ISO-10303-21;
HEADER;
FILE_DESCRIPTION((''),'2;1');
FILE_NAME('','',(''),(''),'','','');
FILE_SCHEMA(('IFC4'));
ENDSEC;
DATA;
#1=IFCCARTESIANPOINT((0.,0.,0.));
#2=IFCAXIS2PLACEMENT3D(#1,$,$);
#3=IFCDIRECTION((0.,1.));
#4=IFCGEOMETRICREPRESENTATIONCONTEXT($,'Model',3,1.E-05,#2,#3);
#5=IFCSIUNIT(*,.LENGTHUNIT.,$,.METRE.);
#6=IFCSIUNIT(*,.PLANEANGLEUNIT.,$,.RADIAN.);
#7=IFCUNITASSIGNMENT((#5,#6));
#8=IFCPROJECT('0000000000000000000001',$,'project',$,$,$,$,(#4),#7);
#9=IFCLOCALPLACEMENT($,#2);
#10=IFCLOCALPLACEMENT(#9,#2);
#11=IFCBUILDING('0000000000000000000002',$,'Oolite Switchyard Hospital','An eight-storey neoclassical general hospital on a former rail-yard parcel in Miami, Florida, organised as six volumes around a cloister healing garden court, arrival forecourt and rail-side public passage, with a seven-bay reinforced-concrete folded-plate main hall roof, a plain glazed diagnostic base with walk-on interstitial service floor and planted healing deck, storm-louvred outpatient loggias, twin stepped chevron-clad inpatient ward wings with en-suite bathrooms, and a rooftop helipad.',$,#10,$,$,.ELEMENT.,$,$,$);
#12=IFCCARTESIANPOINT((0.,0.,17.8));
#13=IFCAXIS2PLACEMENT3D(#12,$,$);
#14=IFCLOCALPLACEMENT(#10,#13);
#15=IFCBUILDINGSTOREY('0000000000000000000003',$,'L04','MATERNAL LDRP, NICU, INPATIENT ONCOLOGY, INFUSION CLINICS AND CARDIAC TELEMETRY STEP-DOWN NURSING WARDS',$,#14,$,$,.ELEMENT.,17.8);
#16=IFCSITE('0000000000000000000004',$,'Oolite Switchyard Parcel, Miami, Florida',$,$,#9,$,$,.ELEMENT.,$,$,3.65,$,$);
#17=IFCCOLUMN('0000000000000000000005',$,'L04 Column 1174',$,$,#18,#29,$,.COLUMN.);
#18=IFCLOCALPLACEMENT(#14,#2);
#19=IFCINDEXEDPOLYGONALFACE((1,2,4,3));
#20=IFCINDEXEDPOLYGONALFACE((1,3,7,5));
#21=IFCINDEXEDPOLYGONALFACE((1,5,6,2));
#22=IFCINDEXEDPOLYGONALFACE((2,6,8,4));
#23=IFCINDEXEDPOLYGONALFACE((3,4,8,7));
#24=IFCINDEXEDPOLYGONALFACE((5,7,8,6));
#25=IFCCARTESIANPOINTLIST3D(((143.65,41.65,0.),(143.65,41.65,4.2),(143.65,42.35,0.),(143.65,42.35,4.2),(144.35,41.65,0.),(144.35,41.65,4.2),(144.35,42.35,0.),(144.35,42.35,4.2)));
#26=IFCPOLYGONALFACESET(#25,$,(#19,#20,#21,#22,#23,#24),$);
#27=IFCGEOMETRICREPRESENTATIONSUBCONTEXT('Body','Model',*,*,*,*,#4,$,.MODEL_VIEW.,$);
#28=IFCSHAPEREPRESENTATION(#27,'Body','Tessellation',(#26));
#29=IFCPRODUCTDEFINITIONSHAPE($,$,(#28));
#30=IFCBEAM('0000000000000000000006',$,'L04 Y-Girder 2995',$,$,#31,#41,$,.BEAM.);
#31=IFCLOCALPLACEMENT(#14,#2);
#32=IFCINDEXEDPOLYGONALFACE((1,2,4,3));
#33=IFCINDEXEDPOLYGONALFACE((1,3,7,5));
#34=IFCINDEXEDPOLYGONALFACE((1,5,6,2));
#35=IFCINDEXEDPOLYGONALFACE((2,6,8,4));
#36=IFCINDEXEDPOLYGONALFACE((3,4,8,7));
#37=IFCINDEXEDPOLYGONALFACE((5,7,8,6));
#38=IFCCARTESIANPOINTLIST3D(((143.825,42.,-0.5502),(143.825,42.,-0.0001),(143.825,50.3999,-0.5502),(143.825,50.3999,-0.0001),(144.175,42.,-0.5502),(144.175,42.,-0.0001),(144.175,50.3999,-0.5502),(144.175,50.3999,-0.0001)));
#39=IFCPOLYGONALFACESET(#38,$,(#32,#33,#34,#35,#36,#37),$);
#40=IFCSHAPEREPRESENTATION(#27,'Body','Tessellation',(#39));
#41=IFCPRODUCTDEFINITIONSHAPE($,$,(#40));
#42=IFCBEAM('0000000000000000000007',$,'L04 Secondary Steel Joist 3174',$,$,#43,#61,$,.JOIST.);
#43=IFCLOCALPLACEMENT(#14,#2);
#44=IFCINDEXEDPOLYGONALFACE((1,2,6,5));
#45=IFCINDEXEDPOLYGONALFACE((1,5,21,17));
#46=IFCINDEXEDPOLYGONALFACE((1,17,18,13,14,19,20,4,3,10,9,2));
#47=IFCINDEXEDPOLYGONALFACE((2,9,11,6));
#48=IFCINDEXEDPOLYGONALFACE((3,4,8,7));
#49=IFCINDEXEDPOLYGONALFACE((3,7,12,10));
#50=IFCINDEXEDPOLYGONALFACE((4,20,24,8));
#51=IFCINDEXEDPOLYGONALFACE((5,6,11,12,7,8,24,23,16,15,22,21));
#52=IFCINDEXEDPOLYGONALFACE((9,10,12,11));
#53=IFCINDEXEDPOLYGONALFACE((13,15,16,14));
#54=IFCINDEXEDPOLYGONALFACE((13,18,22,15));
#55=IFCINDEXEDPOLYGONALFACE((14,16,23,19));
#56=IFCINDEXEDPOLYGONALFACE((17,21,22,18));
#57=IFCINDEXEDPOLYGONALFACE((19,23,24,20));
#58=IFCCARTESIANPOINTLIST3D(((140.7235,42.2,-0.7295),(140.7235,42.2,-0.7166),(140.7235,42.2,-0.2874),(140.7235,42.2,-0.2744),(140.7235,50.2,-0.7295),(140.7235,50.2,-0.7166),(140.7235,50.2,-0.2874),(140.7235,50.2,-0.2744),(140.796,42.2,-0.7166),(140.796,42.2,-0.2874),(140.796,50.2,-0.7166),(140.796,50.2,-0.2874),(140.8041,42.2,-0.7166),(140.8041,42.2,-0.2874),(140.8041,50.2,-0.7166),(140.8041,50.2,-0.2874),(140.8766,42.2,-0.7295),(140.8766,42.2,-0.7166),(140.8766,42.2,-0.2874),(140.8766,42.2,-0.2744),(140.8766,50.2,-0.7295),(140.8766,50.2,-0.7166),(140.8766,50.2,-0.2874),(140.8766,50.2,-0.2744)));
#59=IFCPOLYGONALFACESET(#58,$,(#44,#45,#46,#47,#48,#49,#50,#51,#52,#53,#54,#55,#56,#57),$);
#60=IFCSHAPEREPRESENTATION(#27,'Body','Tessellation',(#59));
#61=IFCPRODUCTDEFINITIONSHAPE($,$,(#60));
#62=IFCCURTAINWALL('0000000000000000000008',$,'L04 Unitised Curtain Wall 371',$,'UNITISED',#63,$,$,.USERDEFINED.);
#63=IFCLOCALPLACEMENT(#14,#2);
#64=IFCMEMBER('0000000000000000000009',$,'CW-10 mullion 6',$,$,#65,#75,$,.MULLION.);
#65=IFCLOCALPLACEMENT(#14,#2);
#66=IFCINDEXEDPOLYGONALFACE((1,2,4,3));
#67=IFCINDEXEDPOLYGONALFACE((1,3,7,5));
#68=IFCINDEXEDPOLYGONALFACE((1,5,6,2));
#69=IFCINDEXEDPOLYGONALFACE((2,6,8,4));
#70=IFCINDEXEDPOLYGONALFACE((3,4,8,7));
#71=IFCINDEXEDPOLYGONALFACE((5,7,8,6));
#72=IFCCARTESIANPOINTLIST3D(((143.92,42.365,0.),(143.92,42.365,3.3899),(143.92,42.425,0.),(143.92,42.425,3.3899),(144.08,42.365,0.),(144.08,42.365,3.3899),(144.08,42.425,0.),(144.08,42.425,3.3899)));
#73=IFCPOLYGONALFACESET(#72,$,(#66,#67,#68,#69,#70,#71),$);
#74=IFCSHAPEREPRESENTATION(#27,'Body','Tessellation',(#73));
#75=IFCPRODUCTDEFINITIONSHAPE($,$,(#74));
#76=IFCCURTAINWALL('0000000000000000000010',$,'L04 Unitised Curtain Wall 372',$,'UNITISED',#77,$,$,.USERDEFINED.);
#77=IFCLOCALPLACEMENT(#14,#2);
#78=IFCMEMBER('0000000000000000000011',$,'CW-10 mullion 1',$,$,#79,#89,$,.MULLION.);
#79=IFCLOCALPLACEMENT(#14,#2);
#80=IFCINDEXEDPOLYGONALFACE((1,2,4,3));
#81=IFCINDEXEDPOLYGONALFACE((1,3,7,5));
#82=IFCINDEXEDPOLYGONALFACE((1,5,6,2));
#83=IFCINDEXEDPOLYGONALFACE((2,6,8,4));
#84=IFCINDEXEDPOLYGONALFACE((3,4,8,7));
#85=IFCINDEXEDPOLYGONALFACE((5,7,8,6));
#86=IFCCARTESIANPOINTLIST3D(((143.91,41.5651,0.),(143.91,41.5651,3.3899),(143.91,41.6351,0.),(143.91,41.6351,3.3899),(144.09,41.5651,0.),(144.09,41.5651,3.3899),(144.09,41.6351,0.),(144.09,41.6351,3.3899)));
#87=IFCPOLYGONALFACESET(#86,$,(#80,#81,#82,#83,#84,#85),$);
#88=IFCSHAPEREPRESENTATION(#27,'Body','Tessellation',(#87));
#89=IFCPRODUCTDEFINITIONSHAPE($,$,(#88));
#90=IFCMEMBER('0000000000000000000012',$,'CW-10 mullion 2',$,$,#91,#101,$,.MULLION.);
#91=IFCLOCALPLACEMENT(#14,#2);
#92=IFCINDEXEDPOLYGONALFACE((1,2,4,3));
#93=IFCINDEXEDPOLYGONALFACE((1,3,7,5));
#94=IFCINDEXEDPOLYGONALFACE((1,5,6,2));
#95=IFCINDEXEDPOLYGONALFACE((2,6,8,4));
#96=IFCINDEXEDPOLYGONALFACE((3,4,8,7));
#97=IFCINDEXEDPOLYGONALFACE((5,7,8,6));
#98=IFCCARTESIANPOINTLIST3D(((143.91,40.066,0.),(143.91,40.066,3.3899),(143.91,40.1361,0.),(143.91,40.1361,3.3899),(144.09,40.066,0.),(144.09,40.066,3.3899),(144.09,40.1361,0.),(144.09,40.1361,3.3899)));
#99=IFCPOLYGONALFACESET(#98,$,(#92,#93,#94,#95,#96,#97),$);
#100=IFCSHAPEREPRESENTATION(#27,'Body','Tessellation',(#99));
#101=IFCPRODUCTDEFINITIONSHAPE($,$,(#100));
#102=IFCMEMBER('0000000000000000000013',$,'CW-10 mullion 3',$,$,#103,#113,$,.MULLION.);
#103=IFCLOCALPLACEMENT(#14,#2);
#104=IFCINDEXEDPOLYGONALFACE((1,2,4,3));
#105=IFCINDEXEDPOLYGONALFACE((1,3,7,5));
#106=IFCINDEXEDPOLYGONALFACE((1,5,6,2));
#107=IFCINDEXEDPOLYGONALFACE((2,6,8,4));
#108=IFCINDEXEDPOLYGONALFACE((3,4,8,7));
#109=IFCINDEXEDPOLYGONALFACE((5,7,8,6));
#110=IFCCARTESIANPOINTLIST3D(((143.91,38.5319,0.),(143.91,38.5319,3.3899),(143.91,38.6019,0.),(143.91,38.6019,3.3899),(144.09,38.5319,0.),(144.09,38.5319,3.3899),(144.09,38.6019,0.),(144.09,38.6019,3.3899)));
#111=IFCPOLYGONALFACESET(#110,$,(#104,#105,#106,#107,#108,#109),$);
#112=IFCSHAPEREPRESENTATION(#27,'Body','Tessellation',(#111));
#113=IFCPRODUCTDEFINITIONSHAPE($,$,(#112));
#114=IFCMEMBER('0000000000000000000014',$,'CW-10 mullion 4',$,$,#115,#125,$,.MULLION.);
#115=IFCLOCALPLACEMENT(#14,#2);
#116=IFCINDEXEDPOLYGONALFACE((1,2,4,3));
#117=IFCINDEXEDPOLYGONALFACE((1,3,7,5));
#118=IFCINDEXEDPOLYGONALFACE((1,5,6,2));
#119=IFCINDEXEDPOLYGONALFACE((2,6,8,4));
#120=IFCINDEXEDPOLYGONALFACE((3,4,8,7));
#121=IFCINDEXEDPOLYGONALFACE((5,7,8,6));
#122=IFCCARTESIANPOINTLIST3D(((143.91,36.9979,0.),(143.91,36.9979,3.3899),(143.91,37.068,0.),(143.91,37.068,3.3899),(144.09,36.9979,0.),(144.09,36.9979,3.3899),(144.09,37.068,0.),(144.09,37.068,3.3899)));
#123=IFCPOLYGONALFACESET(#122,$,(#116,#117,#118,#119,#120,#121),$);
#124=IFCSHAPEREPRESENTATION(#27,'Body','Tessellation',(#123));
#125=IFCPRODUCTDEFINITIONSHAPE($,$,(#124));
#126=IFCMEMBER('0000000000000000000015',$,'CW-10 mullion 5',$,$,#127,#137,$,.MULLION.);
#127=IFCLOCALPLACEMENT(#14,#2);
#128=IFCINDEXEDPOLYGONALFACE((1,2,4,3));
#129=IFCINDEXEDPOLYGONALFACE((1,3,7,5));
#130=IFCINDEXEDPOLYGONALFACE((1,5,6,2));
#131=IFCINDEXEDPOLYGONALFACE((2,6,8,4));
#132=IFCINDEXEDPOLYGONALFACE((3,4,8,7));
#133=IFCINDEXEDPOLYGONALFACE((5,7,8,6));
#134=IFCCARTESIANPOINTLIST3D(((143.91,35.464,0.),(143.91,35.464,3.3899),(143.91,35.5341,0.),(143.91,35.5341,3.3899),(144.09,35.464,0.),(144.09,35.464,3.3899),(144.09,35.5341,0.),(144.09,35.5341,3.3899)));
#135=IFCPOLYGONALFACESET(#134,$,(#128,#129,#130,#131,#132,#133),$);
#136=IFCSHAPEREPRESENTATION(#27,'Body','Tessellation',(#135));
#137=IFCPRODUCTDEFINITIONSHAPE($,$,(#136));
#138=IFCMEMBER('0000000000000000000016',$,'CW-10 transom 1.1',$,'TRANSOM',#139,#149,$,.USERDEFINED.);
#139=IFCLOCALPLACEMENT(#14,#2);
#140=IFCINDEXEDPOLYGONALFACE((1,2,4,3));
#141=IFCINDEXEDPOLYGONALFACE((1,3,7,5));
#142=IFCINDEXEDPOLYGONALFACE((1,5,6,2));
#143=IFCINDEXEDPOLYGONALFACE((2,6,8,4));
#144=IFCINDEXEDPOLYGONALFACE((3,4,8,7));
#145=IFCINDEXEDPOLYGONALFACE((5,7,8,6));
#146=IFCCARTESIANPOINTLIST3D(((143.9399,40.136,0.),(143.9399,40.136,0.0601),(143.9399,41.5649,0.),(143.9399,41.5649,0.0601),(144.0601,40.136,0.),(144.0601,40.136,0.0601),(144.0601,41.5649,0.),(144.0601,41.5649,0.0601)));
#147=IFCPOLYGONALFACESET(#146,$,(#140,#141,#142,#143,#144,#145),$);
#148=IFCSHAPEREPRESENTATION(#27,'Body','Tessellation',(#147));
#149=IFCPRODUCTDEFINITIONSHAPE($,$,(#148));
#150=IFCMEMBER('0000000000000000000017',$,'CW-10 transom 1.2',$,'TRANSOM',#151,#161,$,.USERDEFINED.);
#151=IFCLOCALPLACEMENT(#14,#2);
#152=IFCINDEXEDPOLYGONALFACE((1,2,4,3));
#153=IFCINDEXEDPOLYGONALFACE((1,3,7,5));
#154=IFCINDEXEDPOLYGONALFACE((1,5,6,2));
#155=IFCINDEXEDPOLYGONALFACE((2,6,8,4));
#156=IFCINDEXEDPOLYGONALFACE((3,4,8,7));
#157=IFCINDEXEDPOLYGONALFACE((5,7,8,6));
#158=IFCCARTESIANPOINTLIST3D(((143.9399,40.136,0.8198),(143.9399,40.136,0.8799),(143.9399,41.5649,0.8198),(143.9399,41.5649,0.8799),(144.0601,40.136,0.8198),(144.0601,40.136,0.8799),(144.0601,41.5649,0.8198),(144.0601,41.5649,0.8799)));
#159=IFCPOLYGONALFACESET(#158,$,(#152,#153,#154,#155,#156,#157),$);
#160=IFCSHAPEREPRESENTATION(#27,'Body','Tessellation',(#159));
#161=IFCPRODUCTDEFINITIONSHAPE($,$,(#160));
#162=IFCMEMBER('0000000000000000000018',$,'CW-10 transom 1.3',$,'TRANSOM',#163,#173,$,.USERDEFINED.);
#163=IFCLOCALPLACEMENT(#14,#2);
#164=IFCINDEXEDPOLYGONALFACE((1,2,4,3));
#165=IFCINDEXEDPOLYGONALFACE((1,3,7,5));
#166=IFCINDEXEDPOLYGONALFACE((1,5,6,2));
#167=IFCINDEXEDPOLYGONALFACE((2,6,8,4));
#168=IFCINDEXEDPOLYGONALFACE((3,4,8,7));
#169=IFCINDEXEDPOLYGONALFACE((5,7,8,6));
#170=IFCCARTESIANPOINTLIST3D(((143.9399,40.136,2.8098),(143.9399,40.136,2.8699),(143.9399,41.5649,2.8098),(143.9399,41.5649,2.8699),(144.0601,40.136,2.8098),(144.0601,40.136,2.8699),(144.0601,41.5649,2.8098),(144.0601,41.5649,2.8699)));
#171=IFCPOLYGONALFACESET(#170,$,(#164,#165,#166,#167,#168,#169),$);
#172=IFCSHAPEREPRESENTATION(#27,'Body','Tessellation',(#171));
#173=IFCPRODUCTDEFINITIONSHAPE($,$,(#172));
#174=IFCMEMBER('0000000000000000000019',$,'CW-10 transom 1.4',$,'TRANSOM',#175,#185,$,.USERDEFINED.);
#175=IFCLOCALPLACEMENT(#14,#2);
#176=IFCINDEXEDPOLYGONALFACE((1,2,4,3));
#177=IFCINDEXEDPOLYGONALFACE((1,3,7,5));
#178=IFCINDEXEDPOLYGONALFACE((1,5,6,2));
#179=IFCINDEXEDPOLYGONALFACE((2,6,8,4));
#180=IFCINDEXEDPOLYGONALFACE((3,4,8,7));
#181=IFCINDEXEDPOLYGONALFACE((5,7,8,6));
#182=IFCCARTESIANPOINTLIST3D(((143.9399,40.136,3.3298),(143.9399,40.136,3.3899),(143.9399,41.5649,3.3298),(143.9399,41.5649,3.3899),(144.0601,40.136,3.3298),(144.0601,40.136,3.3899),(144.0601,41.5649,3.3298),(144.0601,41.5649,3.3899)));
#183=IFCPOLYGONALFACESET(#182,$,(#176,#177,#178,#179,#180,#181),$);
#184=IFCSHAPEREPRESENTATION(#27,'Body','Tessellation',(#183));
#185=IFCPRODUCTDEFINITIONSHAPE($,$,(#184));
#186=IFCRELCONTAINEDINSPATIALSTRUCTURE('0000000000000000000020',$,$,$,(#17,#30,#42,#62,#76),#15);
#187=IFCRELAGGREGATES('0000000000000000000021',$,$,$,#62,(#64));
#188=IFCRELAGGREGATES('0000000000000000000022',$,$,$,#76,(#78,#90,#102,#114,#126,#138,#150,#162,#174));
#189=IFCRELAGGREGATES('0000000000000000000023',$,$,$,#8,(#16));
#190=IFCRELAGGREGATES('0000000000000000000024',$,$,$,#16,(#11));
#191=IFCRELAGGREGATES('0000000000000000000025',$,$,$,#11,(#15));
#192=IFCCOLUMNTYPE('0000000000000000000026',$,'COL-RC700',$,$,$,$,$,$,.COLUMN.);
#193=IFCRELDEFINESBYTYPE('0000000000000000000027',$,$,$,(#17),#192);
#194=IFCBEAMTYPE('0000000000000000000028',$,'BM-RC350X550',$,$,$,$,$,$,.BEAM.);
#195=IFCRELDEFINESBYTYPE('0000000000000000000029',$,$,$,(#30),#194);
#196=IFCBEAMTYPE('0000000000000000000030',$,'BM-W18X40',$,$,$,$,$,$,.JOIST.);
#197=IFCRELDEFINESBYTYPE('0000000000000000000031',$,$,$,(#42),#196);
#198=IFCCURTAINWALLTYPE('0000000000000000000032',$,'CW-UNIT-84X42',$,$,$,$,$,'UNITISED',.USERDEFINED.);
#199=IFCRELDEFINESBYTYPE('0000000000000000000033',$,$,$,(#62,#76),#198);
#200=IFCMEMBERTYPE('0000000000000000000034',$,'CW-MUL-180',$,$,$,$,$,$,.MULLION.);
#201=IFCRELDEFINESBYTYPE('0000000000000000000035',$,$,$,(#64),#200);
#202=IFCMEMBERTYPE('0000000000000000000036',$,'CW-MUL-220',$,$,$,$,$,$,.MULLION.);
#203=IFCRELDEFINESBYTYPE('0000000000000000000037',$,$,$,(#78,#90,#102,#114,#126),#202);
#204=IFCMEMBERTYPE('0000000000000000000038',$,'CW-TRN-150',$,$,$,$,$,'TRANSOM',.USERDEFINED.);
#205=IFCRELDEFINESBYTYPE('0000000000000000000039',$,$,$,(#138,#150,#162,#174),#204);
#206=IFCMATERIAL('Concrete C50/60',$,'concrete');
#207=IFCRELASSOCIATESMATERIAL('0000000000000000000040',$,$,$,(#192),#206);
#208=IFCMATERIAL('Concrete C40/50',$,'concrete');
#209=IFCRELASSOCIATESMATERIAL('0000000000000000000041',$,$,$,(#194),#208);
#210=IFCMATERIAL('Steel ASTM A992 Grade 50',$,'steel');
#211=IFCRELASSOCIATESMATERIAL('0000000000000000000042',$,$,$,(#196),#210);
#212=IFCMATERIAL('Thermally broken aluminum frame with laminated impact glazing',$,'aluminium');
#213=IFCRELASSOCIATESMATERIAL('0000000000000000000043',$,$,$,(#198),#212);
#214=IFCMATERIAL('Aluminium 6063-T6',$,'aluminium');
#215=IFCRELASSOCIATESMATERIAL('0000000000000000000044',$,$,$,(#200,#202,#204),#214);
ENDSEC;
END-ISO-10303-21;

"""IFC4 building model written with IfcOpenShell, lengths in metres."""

from ifc_helpers import new_model, si_unit, direction, frame, origin, origin_2d, place, context, subcontext, project, spatial, rectangle, i_section, extrude, material, material_profile, profile_set, type_object, element, aggregate, save


model = new_model("IFC4")

# Units and contexts
model_context = context("Model", 3, precision=1e-05, world=origin(), true_north=direction((0.0, 1.0)))
body_context = subcontext(model_context, "Body", "Model", "MODEL_VIEW")
ifc_project = project(units=[si_unit("LENGTHUNIT", "METRE"), si_unit("PLANEANGLEUNIT", "RADIAN")], contexts=[model_context])

# Site, building, storey
site_placement = place(None, origin())
site = spatial("IfcSite", under=ifc_project, at=site_placement, Name="Oolite Switchyard Parcel, Miami, Florida", CompositionType="ELEMENT", RefElevation=3.65)
building_placement = place(site_placement, origin())
building = spatial("IfcBuilding", under=site, at=building_placement, Name="Oolite Switchyard Hospital", Description="An eight-storey neoclassical general hospital on a former rail-yard parcel in Miami, Florida, organised as six volumes around a cloister healing garden court, arrival forecourt and rail-side public passage, with a seven-bay reinforced-concrete folded-plate main hall roof, a plain glazed diagnostic base with walk-on interstitial service floor and planted healing deck, storm-louvred outpatient loggias, twin stepped chevron-clad inpatient ward wings with en-suite bathrooms, and a rooftop helipad.", CompositionType="ELEMENT")
storey_placement = place(building_placement, frame((0.0, 0.0, 17.8)))
storey = spatial("IfcBuildingStorey", under=building, at=storey_placement, Name="L04", Description="MATERNAL LDRP, NICU, INPATIENT ONCOLOGY, INFUSION CLINICS AND CARDIAC TELEMETRY STEP-DOWN NURSING WARDS", CompositionType="ELEMENT", Elevation=17.8)

# Column
ifc_material_1 = material(Name="Concrete C50/60", Category="concrete")
ifc_material_profile_1 = material_profile(ifc_material_1, rectangle(XDim=0.7, YDim=0.7, at=origin_2d()), Name="RC700X700")
ifc_profile_set_1 = profile_set([ifc_material_profile_1], Name="Concrete C50/60")
column_type = type_object("IfcColumnType", Name="COL-RC700", PredefinedType="COLUMN", material=ifc_profile_set_1)
column_placement = place(storey_placement, frame((144.0, 42.0, 0.0), z_axis=(0.0, 0.0, 1.0), x_axis=(1.0, 0.0, 0.0)))
element("IfcColumn", 1, at=column_placement, inside=storey, type_object=column_type, Name="L04 Column 1174", PredefinedType="COLUMN", context=body_context, shape_type="SweptSolid", body=[
    extrude(rectangle(XDim=0.7, YDim=0.7, at=origin_2d()), origin(), (0.0, 0.0, 1.0), 4.2),
])

# Beams
ifc_material_2 = material(Name="Concrete C40/50", Category="concrete")
ifc_material_profile_2 = material_profile(ifc_material_2, rectangle(XDim=0.3501, YDim=0.55, at=origin_2d()), Name="RCB350X550")
ifc_profile_set_2 = profile_set([ifc_material_profile_2], Name="Concrete C40/50")
beam_type_1 = type_object("IfcBeamType", Name="BM-RC350X550", PredefinedType="BEAM", material=ifc_profile_set_2)
beam_1_placement = place(storey_placement, frame((144.0, 42.0, -0.2751), z_axis=(0.0, 1.0, 0.0), x_axis=(-1.0, 0.0, 0.0)))
element("IfcBeam", 2, at=beam_1_placement, inside=storey, type_object=beam_type_1, Name="L04 Y-Girder 2995", PredefinedType="BEAM", context=body_context, shape_type="SweptSolid", body=[
    extrude(rectangle(XDim=0.3501, YDim=0.55, at=origin_2d()), origin(), (0.0, 0.0, 1.0), 8.3999),
])
ifc_material_3 = material(Name="Steel ASTM A992 Grade 50", Category="steel")
ifc_material_profile_3 = material_profile(ifc_material_3, i_section(OverallWidth=0.1531, OverallDepth=0.4551, WebThickness=0.0081, FlangeThickness=0.0129, at=origin_2d()), Name="W18X40")
ifc_profile_set_3 = profile_set([ifc_material_profile_3], Name="Steel ASTM A992 Grade 50")
beam_type_2 = type_object("IfcBeamType", Name="BM-W18X40", PredefinedType="JOIST", material=ifc_profile_set_3)
beam_2_placement = place(storey_placement, frame((140.8, 42.2, -0.502), z_axis=(0.0, 1.0, 0.0), x_axis=(-1.0, 0.0, 0.0)))
element("IfcBeam", 3, at=beam_2_placement, inside=storey, type_object=beam_type_2, Name="L04 Secondary Steel Joist 3174", PredefinedType="JOIST", context=body_context, shape_type="SweptSolid", body=[
    extrude(i_section(OverallWidth=0.1531, OverallDepth=0.4551, WebThickness=0.0081, FlangeThickness=0.0129, at=origin_2d()), origin(), (0.0, 0.0, 1.0), 8.0),
])

# Curtain wall, member
ifc_material_4 = material(Name="Thermally broken aluminum frame with laminated impact glazing", Category="aluminium")
curtain_wall_type = type_object("IfcCurtainWallType", Name="CW-UNIT-84X42", ElementType="UNITISED", PredefinedType="USERDEFINED", material=ifc_material_4)
curtain_wall_1_placement = place(storey_placement, origin())
curtain_wall_1 = element("IfcCurtainWall", 4, at=curtain_wall_1_placement, inside=storey, type_object=curtain_wall_type, Name="L04 Unitised Curtain Wall 371", ObjectType="UNITISED", PredefinedType="USERDEFINED")
ifc_material_5 = material(Name="Aluminium 6063-T6", Category="aluminium")
ifc_material_profile_4 = material_profile(ifc_material_5, rectangle(XDim=0.1599, YDim=0.0601, at=origin_2d()), Name="CWM60X160")
ifc_profile_set_4 = profile_set([ifc_material_profile_4], Name="Aluminium 6063-T6")
member_type_1 = type_object("IfcMemberType", Name="CW-MUL-180", PredefinedType="MULLION", material=ifc_profile_set_4)
member_1_placement = place(storey_placement, frame((144.0, 42.395, 0.0), z_axis=(0.0, 0.0, 1.0), x_axis=(1.0, 0.0, 0.0)))
member_1 = element("IfcMember", 5, at=member_1_placement, type_object=member_type_1, Name="CW-10 mullion 6", PredefinedType="MULLION", context=body_context, shape_type="SweptSolid", body=[
    extrude(rectangle(XDim=0.1599, YDim=0.0601, at=origin_2d()), origin(), (0.0, 0.0, 1.0), 3.3899),
])
aggregate(curtain_wall_1, [member_1])

# Curtain wall, members
curtain_wall_2_placement = place(storey_placement, origin())
curtain_wall_2 = element("IfcCurtainWall", 6, at=curtain_wall_2_placement, inside=storey, type_object=curtain_wall_type, Name="L04 Unitised Curtain Wall 372", ObjectType="UNITISED", PredefinedType="USERDEFINED")
ifc_material_profile_5 = material_profile(ifc_material_5, rectangle(XDim=0.1799, YDim=0.0701, at=origin_2d()), Name="CWM70X180")
ifc_profile_set_5 = profile_set([ifc_material_profile_5], Name="Aluminium 6063-T6")
member_type_2 = type_object("IfcMemberType", Name="CW-MUL-220", PredefinedType="MULLION", material=ifc_profile_set_5)
member_2_placement = place(storey_placement, frame((144.0, 41.6001, 0.0), z_axis=(0.0, 0.0, 1.0), x_axis=(1.0, 0.0, 0.0)))
member_2 = element("IfcMember", 7, at=member_2_placement, type_object=member_type_2, Name="CW-10 mullion 1", PredefinedType="MULLION", context=body_context, shape_type="SweptSolid", body=[
    extrude(rectangle(XDim=0.1799, YDim=0.0701, at=origin_2d()), origin(), (0.0, 0.0, 1.0), 3.3899),
])
member_3_placement = place(storey_placement, frame((144.0, 40.1011, 0.0), z_axis=(0.0, 0.0, 1.0), x_axis=(1.0, 0.0, 0.0)))
member_3 = element("IfcMember", 8, at=member_3_placement, type_object=member_type_2, Name="CW-10 mullion 2", PredefinedType="MULLION", context=body_context, shape_type="SweptSolid", body=[
    extrude(rectangle(XDim=0.1799, YDim=0.0701, at=origin_2d()), origin(), (0.0, 0.0, 1.0), 3.3899),
])
member_4_placement = place(storey_placement, frame((144.0, 38.5669, 0.0), z_axis=(0.0, 0.0, 1.0), x_axis=(1.0, 0.0, 0.0)))
member_4 = element("IfcMember", 9, at=member_4_placement, type_object=member_type_2, Name="CW-10 mullion 3", PredefinedType="MULLION", context=body_context, shape_type="SweptSolid", body=[
    extrude(rectangle(XDim=0.1799, YDim=0.0701, at=origin_2d()), origin(), (0.0, 0.0, 1.0), 3.3899),
])
member_5_placement = place(storey_placement, frame((144.0, 37.033, 0.0), z_axis=(0.0, 0.0, 1.0), x_axis=(1.0, 0.0, 0.0)))
member_5 = element("IfcMember", 10, at=member_5_placement, type_object=member_type_2, Name="CW-10 mullion 4", PredefinedType="MULLION", context=body_context, shape_type="SweptSolid", body=[
    extrude(rectangle(XDim=0.1799, YDim=0.0701, at=origin_2d()), origin(), (0.0, 0.0, 1.0), 3.3899),
])
member_6_placement = place(storey_placement, frame((144.0, 35.499, 0.0), z_axis=(0.0, 0.0, 1.0), x_axis=(1.0, 0.0, 0.0)))
member_6 = element("IfcMember", 11, at=member_6_placement, type_object=member_type_2, Name="CW-10 mullion 5", PredefinedType="MULLION", context=body_context, shape_type="SweptSolid", body=[
    extrude(rectangle(XDim=0.1799, YDim=0.0701, at=origin_2d()), origin(), (0.0, 0.0, 1.0), 3.3899),
])
ifc_material_profile_6 = material_profile(ifc_material_5, rectangle(XDim=0.1201, YDim=0.0601, at=origin_2d()), Name="CWT60X120")
ifc_profile_set_6 = profile_set([ifc_material_profile_6], Name="Aluminium 6063-T6")
member_type_3 = type_object("IfcMemberType", Name="CW-TRN-150", ElementType="TRANSOM", PredefinedType="USERDEFINED", material=ifc_profile_set_6)
member_7_placement = place(storey_placement, frame((144.0, 41.5649, 0.03), z_axis=(0.0, -1.0, 0.0), x_axis=(1.0, 0.0, 0.0)))
member_7 = element("IfcMember", 12, at=member_7_placement, type_object=member_type_3, Name="CW-10 transom 1.1", ObjectType="TRANSOM", PredefinedType="USERDEFINED", context=body_context, shape_type="SweptSolid", body=[
    extrude(rectangle(XDim=0.1201, YDim=0.0601, at=origin_2d()), origin(), (0.0, 0.0, 1.0), 1.429),
])
member_8_placement = place(storey_placement, frame((144.0, 41.5649, 0.8499), z_axis=(0.0, -1.0, 0.0), x_axis=(1.0, 0.0, 0.0)))
member_8 = element("IfcMember", 13, at=member_8_placement, type_object=member_type_3, Name="CW-10 transom 1.2", ObjectType="TRANSOM", PredefinedType="USERDEFINED", context=body_context, shape_type="SweptSolid", body=[
    extrude(rectangle(XDim=0.1201, YDim=0.0601, at=origin_2d()), origin(), (0.0, 0.0, 1.0), 1.429),
])
member_9_placement = place(storey_placement, frame((144.0, 41.5649, 2.8398), z_axis=(0.0, -1.0, 0.0), x_axis=(1.0, 0.0, 0.0)))
member_9 = element("IfcMember", 14, at=member_9_placement, type_object=member_type_3, Name="CW-10 transom 1.3", ObjectType="TRANSOM", PredefinedType="USERDEFINED", context=body_context, shape_type="SweptSolid", body=[
    extrude(rectangle(XDim=0.1201, YDim=0.0601, at=origin_2d()), origin(), (0.0, 0.0, 1.0), 1.429),
])
member_10_placement = place(storey_placement, frame((144.0, 41.5649, 3.3599), z_axis=(0.0, -1.0, 0.0), x_axis=(1.0, 0.0, 0.0)))
member_10 = element("IfcMember", 15, at=member_10_placement, type_object=member_type_3, Name="CW-10 transom 1.4", ObjectType="TRANSOM", PredefinedType="USERDEFINED", context=body_context, shape_type="SweptSolid", body=[
    extrude(rectangle(XDim=0.1201, YDim=0.0601, at=origin_2d()), origin(), (0.0, 0.0, 1.0), 1.429),
])
aggregate(curtain_wall_2, [member_2, member_3, member_4, member_5, member_6, member_7, member_8, member_9, member_10])

save(model, "model.ifc")
